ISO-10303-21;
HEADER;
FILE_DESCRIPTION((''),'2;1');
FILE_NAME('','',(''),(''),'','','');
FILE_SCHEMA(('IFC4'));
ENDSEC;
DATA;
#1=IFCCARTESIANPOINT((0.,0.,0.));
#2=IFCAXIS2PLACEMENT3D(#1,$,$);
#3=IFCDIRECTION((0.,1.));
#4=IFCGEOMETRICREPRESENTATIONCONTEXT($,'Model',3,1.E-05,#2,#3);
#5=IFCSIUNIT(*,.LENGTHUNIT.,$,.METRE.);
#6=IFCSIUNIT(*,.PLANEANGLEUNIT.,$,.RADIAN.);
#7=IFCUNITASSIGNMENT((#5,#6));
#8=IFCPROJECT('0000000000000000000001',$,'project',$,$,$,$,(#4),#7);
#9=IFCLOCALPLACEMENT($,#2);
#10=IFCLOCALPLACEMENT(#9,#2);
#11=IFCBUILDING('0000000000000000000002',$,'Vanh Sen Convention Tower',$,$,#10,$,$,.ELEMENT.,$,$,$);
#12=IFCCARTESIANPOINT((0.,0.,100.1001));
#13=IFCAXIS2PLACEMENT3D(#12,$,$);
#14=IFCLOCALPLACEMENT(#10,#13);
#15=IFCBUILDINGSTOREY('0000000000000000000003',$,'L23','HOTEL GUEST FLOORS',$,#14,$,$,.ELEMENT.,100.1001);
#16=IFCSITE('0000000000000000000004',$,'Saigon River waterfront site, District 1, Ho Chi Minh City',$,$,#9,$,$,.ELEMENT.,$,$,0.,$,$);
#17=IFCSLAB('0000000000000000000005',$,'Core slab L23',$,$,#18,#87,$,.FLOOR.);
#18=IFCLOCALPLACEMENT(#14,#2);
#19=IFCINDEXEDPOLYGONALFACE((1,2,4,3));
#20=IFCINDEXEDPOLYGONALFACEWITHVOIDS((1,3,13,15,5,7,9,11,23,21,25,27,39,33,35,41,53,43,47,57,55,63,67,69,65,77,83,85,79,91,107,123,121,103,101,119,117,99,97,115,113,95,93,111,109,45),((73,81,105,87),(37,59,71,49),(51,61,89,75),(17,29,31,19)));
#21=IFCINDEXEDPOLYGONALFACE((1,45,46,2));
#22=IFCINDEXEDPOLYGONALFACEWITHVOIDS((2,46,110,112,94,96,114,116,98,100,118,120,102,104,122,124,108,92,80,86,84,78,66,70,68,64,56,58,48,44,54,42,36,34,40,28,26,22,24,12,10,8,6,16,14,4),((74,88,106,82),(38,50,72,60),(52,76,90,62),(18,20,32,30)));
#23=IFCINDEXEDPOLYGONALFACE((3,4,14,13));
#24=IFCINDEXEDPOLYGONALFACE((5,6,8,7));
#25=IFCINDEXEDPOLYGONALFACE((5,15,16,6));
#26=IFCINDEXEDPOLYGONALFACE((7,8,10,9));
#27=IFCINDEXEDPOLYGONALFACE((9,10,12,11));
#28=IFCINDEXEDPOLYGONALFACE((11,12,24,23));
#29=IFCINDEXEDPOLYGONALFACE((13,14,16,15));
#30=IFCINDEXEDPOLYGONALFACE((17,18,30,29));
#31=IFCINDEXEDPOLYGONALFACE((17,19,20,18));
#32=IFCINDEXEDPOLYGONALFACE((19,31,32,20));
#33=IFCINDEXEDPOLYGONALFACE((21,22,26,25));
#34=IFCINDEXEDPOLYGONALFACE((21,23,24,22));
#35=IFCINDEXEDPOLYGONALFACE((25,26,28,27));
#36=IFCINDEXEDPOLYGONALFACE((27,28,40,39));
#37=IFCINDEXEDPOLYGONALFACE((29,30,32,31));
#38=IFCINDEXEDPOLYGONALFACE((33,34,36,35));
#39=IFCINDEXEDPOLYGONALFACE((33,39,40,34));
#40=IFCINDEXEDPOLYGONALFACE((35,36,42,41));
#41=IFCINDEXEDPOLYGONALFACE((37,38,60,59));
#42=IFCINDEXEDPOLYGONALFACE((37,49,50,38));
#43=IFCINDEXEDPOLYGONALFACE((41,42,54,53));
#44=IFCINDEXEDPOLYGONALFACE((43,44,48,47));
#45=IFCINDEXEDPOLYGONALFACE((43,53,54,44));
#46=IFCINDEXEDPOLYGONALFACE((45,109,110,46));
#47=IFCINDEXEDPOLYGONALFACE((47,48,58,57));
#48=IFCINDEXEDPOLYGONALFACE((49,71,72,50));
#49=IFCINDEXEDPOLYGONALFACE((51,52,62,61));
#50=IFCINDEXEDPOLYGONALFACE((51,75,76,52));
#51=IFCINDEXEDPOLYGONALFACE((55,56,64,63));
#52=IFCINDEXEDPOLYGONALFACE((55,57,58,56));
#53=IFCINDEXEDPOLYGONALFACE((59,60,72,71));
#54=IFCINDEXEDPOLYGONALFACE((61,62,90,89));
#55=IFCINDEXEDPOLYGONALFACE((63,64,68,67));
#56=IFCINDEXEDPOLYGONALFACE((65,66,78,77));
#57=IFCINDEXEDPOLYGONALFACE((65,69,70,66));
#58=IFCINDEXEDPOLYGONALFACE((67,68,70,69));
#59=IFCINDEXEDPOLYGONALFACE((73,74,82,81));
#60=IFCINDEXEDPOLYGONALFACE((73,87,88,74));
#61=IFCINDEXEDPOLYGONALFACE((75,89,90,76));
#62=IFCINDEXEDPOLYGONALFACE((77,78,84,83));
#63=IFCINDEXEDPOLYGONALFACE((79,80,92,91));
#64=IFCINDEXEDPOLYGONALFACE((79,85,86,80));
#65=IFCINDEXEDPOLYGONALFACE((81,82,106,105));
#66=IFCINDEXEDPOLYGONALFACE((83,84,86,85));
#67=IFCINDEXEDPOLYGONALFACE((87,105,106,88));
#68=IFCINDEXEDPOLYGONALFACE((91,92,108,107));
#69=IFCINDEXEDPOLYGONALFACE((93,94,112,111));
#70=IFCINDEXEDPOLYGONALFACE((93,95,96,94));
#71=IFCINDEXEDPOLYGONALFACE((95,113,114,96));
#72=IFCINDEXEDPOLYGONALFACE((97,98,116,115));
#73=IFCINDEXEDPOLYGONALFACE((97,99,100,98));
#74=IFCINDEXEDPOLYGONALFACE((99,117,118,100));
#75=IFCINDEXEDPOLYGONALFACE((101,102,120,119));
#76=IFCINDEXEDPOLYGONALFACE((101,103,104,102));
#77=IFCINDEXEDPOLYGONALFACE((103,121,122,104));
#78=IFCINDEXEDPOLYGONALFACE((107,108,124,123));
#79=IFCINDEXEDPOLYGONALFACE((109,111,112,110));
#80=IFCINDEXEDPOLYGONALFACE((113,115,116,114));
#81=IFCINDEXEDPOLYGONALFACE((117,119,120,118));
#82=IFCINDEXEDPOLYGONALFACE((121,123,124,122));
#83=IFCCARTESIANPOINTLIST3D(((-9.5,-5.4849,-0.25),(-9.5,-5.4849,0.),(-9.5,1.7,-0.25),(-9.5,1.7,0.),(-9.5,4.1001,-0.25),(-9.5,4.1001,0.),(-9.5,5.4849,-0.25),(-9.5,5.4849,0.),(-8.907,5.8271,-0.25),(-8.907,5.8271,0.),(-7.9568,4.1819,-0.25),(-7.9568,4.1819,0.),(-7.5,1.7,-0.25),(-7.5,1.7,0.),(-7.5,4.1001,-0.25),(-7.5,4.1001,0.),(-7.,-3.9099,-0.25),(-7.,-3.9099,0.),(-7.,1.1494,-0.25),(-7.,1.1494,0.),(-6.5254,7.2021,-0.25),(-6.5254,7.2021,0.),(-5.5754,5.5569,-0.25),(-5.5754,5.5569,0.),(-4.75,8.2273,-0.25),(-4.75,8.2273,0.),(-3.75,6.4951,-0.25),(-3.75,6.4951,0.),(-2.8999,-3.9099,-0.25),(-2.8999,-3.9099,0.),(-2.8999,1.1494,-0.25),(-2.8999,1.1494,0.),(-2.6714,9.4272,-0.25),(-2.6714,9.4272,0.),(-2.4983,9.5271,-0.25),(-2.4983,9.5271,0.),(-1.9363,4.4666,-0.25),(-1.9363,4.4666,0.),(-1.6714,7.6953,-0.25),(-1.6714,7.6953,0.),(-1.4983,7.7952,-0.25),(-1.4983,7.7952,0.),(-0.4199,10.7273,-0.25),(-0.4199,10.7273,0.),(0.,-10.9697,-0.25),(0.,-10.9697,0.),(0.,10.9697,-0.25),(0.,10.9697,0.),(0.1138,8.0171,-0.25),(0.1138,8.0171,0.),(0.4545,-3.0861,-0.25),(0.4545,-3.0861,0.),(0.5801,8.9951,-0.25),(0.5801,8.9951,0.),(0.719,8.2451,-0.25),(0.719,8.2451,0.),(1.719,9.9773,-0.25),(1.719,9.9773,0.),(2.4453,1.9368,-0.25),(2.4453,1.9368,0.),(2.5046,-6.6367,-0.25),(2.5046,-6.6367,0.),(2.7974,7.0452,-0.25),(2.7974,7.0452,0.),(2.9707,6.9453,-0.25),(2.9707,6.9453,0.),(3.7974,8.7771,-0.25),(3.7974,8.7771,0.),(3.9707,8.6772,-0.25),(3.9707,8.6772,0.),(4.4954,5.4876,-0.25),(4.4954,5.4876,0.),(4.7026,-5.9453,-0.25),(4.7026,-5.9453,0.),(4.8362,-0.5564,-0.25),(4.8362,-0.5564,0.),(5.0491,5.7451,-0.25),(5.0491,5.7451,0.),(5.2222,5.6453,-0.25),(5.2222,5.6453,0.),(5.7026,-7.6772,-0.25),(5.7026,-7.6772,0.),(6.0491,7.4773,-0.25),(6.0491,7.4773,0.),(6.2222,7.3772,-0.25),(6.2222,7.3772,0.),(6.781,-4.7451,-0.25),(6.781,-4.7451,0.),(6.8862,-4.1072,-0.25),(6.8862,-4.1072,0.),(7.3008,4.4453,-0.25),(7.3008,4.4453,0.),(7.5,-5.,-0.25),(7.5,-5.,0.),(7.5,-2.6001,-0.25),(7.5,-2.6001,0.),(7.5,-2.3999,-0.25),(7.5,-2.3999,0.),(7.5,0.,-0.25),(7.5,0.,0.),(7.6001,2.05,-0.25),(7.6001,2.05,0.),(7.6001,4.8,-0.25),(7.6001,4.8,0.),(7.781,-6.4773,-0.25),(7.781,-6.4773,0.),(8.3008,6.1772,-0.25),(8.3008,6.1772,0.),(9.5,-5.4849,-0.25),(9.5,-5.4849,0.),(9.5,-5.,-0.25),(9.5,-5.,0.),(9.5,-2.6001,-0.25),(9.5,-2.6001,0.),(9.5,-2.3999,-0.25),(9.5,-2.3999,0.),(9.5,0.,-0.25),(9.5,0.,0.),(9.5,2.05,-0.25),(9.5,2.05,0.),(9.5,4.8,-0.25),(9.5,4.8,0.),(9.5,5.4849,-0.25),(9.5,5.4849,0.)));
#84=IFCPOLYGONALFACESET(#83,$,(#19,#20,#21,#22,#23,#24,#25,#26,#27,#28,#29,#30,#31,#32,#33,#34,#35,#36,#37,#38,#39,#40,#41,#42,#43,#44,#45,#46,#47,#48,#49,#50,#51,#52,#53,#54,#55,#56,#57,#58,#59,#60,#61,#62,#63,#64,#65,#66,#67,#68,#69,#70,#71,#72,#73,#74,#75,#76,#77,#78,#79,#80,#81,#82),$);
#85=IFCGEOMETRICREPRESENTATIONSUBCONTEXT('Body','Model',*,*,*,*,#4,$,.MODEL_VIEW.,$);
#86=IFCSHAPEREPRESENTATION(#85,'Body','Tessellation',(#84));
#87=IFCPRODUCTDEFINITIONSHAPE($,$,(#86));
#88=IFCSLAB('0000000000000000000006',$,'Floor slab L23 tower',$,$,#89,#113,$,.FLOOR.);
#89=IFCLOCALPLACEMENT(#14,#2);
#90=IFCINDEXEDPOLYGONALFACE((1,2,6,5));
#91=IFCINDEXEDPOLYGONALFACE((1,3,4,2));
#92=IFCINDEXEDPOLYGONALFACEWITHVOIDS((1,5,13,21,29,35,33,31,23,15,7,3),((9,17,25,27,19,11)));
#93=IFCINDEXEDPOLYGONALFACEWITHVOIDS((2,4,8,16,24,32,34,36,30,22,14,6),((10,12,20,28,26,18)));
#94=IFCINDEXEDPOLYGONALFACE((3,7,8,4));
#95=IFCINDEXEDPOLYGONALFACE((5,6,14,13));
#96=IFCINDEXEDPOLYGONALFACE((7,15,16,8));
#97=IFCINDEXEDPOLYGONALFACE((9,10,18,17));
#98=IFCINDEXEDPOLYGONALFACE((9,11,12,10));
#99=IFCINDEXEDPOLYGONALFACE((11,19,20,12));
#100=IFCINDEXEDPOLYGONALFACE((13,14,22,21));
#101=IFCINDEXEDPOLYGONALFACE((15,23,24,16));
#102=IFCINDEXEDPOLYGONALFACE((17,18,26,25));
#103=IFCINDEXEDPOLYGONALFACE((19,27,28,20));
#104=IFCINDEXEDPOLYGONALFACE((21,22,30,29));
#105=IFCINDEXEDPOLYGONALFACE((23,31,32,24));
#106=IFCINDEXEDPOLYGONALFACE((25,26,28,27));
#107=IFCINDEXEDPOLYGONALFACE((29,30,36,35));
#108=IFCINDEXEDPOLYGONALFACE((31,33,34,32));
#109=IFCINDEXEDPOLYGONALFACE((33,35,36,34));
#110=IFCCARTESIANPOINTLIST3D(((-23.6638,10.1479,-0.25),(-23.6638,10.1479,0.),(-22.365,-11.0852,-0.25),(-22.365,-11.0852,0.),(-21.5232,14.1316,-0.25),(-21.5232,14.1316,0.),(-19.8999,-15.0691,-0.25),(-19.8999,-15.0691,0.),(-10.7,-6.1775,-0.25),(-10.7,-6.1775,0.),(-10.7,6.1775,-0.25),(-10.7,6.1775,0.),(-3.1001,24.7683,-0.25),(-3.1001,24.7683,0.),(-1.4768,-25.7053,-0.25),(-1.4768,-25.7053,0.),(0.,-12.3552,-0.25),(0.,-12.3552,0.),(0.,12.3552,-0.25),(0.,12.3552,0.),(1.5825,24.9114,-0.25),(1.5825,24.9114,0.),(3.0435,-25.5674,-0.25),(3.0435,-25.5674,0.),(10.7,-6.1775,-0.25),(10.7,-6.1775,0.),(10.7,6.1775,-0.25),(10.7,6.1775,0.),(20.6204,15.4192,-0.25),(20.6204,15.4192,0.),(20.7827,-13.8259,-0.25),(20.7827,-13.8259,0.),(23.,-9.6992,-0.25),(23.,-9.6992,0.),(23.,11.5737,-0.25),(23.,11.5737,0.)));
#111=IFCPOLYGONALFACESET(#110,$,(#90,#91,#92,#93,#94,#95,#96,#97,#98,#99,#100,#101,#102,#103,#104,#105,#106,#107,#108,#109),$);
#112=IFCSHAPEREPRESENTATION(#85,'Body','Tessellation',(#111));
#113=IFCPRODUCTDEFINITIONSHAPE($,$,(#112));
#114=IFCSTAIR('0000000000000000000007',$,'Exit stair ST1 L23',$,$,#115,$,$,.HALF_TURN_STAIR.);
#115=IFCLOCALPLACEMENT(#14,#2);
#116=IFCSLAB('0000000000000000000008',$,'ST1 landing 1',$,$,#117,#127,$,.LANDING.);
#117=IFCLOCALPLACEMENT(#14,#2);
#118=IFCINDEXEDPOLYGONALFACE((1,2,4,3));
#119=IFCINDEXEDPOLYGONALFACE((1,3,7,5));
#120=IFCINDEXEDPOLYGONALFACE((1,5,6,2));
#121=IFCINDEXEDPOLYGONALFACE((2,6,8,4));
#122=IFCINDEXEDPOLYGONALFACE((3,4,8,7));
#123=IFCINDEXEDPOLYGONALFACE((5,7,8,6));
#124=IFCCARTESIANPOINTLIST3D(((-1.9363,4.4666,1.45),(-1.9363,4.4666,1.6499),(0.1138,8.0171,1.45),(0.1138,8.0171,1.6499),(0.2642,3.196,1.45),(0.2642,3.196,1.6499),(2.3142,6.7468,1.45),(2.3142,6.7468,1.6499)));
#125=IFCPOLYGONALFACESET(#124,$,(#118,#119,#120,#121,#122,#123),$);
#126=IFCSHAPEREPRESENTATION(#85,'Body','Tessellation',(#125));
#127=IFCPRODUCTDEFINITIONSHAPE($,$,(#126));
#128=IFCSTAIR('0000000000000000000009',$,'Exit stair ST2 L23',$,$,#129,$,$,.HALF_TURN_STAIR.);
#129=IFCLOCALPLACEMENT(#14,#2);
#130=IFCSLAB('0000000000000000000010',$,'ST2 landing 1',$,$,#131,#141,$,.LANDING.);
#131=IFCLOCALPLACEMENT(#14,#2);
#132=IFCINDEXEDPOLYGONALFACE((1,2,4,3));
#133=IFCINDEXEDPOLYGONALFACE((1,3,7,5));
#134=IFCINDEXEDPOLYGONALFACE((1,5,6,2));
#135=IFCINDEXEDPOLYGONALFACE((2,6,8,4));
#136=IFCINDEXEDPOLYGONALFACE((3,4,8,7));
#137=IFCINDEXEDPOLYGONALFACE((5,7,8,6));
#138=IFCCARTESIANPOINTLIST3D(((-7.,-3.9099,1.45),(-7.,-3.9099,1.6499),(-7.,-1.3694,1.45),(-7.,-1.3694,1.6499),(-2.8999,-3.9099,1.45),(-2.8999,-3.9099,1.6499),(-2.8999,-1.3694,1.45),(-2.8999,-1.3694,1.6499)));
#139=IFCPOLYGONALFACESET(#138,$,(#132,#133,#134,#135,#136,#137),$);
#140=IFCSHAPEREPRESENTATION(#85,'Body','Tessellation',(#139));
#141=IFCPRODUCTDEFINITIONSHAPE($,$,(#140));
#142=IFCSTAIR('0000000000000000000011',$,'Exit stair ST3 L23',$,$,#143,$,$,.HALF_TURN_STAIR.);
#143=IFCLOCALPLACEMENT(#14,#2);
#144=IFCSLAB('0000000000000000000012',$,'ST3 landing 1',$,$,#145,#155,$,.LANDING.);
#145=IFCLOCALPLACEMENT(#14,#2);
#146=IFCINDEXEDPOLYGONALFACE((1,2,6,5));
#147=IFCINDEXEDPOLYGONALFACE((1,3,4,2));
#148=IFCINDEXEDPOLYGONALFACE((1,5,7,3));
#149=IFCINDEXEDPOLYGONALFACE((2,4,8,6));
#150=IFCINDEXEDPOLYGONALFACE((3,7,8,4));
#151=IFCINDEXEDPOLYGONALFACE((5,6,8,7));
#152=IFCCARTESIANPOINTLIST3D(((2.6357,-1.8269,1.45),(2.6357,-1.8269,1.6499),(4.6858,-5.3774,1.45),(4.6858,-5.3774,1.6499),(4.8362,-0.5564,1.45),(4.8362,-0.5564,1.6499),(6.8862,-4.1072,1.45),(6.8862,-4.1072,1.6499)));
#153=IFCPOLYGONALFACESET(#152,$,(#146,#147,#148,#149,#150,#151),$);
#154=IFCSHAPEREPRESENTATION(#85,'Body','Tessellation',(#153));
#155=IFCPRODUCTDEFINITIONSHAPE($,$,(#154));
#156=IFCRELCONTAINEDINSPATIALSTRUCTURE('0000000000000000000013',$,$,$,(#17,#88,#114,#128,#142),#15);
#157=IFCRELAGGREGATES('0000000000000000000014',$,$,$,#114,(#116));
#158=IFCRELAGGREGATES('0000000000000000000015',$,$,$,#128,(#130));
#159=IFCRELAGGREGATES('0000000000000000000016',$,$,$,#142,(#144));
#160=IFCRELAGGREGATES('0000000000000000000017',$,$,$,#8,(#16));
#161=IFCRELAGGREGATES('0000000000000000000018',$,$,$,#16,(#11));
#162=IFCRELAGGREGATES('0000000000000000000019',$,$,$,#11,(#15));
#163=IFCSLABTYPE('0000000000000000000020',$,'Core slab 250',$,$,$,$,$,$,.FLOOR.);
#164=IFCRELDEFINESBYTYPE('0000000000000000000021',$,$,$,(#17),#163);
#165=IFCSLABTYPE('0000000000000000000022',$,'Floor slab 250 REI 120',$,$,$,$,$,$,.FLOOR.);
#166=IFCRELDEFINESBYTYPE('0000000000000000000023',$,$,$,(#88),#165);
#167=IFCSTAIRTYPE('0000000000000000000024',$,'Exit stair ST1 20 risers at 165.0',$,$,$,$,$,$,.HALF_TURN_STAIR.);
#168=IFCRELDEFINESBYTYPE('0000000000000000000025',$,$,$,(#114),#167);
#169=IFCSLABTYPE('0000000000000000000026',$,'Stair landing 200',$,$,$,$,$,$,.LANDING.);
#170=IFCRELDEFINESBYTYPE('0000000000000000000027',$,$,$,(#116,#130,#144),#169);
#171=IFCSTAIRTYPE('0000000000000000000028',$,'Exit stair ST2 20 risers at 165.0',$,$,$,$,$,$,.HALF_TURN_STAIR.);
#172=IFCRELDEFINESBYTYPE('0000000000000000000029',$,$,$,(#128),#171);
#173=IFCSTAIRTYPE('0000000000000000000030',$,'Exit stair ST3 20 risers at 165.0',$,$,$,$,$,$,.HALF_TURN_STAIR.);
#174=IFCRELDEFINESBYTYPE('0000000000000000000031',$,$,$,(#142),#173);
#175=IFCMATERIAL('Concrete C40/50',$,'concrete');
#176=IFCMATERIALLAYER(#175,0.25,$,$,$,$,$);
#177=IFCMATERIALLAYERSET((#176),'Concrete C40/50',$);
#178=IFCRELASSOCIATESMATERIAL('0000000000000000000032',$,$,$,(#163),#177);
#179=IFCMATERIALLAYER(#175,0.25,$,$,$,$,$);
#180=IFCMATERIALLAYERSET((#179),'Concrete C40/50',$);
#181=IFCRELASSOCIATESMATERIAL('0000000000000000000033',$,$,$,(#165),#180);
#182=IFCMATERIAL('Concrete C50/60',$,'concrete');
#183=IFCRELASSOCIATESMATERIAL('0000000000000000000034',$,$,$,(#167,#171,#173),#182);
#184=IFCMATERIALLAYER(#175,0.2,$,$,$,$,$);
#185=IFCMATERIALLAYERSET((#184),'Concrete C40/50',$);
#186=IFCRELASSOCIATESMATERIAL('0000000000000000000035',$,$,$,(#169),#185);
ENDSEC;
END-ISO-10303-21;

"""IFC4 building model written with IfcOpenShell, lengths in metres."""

from ifc_helpers import new_model, si_unit, direction, frame, origin, place, context, subcontext, project, spatial, polyline, outline, extrude, material, layer, layer_set, type_object, element, aggregate, save


model = new_model("IFC4")

# Units and contexts
model_context = context("Model", 3, precision=1e-05, world=origin(), true_north=direction((0.0, 1.0)))
body_context = subcontext(model_context, "Body", "Model", "MODEL_VIEW")
ifc_project = project(units=[si_unit("LENGTHUNIT", "METRE"), si_unit("PLANEANGLEUNIT", "RADIAN")], contexts=[model_context])

# Site, building, storey
site_placement = place(None, origin())
site = spatial("IfcSite", under=ifc_project, at=site_placement, Name="Saigon River waterfront site, District 1, Ho Chi Minh City", CompositionType="ELEMENT", RefElevation=0.0)
building_placement = place(site_placement, origin())
building = spatial("IfcBuilding", under=site, at=building_placement, Name="Vanh Sen Convention Tower", CompositionType="ELEMENT")
storey_placement = place(building_placement, frame((0.0, 0.0, 100.1001)))
storey = spatial("IfcBuildingStorey", under=building, at=storey_placement, Name="L23", Description="HOTEL GUEST FLOORS", CompositionType="ELEMENT", Elevation=100.1001)

# Slabs
ifc_material_1 = material(Name="Concrete C40/50", Category="concrete")
ifc_layer_1 = layer(ifc_material_1, 0.25)
ifc_layer_set_1 = layer_set([ifc_layer_1], Name="Concrete C40/50")
slab_type_1 = type_object("IfcSlabType", Name="Core slab 250", PredefinedType="FLOOR", material=ifc_layer_set_1)
slab_1_placement = place(storey_placement, frame((0.0, 0.0, -0.25)))
element("IfcSlab", 1, at=slab_1_placement, inside=storey, type_object=slab_type_1, Name="Core slab L23", PredefinedType="FLOOR", context=body_context, shape_type="SweptSolid", body=[
    extrude(outline(polyline([(9.5, 5.4849), (9.5, 4.8), (7.6001, 4.8), (7.6001, 2.05), (9.5, 2.05), (9.5, 0.0), (7.5, 0.0), (7.5, -2.3999), (9.5, -2.3999), (9.5, -2.6001), (7.5, -2.6001), (7.5, -5.0), (9.5, -5.0), (9.5, -5.4849), (0.0, -10.9697), (-9.5, -5.4849), (-9.5, 1.7), (-7.5, 1.7), (-7.5, 4.1001), (-9.5, 4.1001), (-9.5, 5.4849), (-8.907, 5.8271), (-7.9568, 4.1819), (-5.5754, 5.5569), (-6.5254, 7.2021), (-4.75, 8.2273), (-3.75, 6.4951), (-1.6714, 7.6953), (-2.6714, 9.4272), (-2.4983, 9.5271), (-1.4983, 7.7952), (0.5801, 8.9951), (-0.4199, 10.7273), (0.0, 10.9697), (1.719, 9.9773), (0.719, 8.2451), (2.7974, 7.0452), (3.7974, 8.7771), (3.9707, 8.6772), (2.9707, 6.9453), (5.0491, 5.7451), (6.0491, 7.4773), (6.2222, 7.3772), (5.2222, 5.6453), (7.3008, 4.4453), (8.3008, 6.1772), (9.5, 5.4849)]), holes=[polyline([(-7.0, 3.1499), (-7.0, -3.9099), (-2.8999, -3.9099), (-2.8999, 3.1499), (-2.8999, 1.1494), (-7.0, 1.1494), (-7.0, 3.1499)]), polyline([(4.4954, 5.4875), (6.228, 4.4873), (0.1138, 8.0171), (-1.9363, 4.4666), (2.4453, 1.9368), (4.4954, 5.4875)]), polyline([(7.781, -6.4773), (6.781, -4.7451), (4.7026, -5.9453), (5.7026, -7.6772), (7.781, -6.4773)]), polyline([(0.4546, -3.0862), (2.5046, -6.6367), (6.8862, -4.1072), (4.8362, -0.5564), (-1.2781, -4.0864), (0.4546, -3.0862)])]), origin(), (0.0, 0.0, 1.0), 0.25),
])
ifc_layer_2 = layer(ifc_material_1, 0.25)
ifc_layer_set_2 = layer_set([ifc_layer_2], Name="Concrete C40/50")
slab_type_2 = type_object("IfcSlabType", Name="Floor slab 250 REI 120", PredefinedType="FLOOR", material=ifc_layer_set_2)
slab_2_placement = place(storey_placement, frame((0.0, 0.0, -0.25)))
element("IfcSlab", 2, at=slab_2_placement, inside=storey, type_object=slab_type_2, Name="Floor slab L23 tower", PredefinedType="FLOOR", context=body_context, shape_type="SweptSolid", body=[
    extrude(outline(polyline([(23.0, -9.6992), (23.0, 11.5737), (20.6204, 15.4192), (1.5825, 24.9114), (-3.1001, 24.7683), (-21.5232, 14.1316), (-23.6638, 10.1479), (-22.365, -11.0852), (-19.8999, -15.0691), (-1.4768, -25.7053), (3.0435, -25.5674), (20.7827, -13.8259), (23.0, -9.6992)]), holes=[polyline([(0.0, 12.3552), (-10.7, 6.1775), (-10.7, -6.1775), (0.0, -12.3552), (10.7, -6.1775), (10.7, 6.1775), (0.0, 12.3552)])]), origin(), (0.0, 0.0, 1.0), 0.25),
])

# Stairs, slabs
ifc_material_2 = material(Name="Concrete C50/60", Category="concrete")
stair_type_1 = type_object("IfcStairType", Name="Exit stair ST1 20 risers at 165.0", PredefinedType="HALF_TURN_STAIR", material=ifc_material_2)
stair_1_placement = place(storey_placement, origin())
stair_1 = element("IfcStair", 3, at=stair_1_placement, inside=storey, type_object=stair_type_1, Name="Exit stair ST1 L23", PredefinedType="HALF_TURN_STAIR")
ifc_layer_3 = layer(ifc_material_1, 0.2)
ifc_layer_set_3 = layer_set([ifc_layer_3], Name="Concrete C40/50")
slab_type_3 = type_object("IfcSlabType", Name="Stair landing 200", PredefinedType="LANDING", material=ifc_layer_set_3)
slab_3_placement = place(storey_placement, frame((0.0, 0.0, 1.45)))
slab_3 = element("IfcSlab", 4, at=slab_3_placement, type_object=slab_type_3, Name="ST1 landing 1", PredefinedType="LANDING", context=body_context, shape_type="SweptSolid", body=[
    extrude(outline(polyline([(2.3142, 6.7468), (0.1138, 8.0171), (-1.9363, 4.4666), (0.2642, 3.196), (2.3142, 6.7468)])), origin(), (0.0, 0.0, 1.0), 0.2),
])
aggregate(stair_1, [slab_3])
stair_type_2 = type_object("IfcStairType", Name="Exit stair ST2 20 risers at 165.0", PredefinedType="HALF_TURN_STAIR", material=ifc_material_2)
stair_2_placement = place(storey_placement, origin())
stair_2 = element("IfcStair", 5, at=stair_2_placement, inside=storey, type_object=stair_type_2, Name="Exit stair ST2 L23", PredefinedType="HALF_TURN_STAIR")
slab_4_placement = place(storey_placement, frame((0.0, 0.0, 1.45)))
slab_4 = element("IfcSlab", 6, at=slab_4_placement, type_object=slab_type_3, Name="ST2 landing 1", PredefinedType="LANDING", context=body_context, shape_type="SweptSolid", body=[
    extrude(outline(polyline([(-7.0, -1.3694), (-7.0, -3.9099), (-2.8999, -3.9099), (-2.8999, -1.3694), (-7.0, -1.3694)])), origin(), (0.0, 0.0, 1.0), 0.2),
])
aggregate(stair_2, [slab_4])
stair_type_3 = type_object("IfcStairType", Name="Exit stair ST3 20 risers at 165.0", PredefinedType="HALF_TURN_STAIR", material=ifc_material_2)
stair_3_placement = place(storey_placement, origin())
stair_3 = element("IfcStair", 7, at=stair_3_placement, inside=storey, type_object=stair_type_3, Name="Exit stair ST3 L23", PredefinedType="HALF_TURN_STAIR")
slab_5_placement = place(storey_placement, frame((0.0, 0.0, 1.45)))
slab_5 = element("IfcSlab", 8, at=slab_5_placement, type_object=slab_type_3, Name="ST3 landing 1", PredefinedType="LANDING", context=body_context, shape_type="SweptSolid", body=[
    extrude(outline(polyline([(4.6858, -5.3774), (6.8862, -4.1072), (4.8362, -0.5564), (2.6357, -1.8269), (4.6858, -5.3774)])), origin(), (0.0, 0.0, 1.0), 0.2),
])
aggregate(stair_3, [slab_5])

save(model, "model.ifc")
